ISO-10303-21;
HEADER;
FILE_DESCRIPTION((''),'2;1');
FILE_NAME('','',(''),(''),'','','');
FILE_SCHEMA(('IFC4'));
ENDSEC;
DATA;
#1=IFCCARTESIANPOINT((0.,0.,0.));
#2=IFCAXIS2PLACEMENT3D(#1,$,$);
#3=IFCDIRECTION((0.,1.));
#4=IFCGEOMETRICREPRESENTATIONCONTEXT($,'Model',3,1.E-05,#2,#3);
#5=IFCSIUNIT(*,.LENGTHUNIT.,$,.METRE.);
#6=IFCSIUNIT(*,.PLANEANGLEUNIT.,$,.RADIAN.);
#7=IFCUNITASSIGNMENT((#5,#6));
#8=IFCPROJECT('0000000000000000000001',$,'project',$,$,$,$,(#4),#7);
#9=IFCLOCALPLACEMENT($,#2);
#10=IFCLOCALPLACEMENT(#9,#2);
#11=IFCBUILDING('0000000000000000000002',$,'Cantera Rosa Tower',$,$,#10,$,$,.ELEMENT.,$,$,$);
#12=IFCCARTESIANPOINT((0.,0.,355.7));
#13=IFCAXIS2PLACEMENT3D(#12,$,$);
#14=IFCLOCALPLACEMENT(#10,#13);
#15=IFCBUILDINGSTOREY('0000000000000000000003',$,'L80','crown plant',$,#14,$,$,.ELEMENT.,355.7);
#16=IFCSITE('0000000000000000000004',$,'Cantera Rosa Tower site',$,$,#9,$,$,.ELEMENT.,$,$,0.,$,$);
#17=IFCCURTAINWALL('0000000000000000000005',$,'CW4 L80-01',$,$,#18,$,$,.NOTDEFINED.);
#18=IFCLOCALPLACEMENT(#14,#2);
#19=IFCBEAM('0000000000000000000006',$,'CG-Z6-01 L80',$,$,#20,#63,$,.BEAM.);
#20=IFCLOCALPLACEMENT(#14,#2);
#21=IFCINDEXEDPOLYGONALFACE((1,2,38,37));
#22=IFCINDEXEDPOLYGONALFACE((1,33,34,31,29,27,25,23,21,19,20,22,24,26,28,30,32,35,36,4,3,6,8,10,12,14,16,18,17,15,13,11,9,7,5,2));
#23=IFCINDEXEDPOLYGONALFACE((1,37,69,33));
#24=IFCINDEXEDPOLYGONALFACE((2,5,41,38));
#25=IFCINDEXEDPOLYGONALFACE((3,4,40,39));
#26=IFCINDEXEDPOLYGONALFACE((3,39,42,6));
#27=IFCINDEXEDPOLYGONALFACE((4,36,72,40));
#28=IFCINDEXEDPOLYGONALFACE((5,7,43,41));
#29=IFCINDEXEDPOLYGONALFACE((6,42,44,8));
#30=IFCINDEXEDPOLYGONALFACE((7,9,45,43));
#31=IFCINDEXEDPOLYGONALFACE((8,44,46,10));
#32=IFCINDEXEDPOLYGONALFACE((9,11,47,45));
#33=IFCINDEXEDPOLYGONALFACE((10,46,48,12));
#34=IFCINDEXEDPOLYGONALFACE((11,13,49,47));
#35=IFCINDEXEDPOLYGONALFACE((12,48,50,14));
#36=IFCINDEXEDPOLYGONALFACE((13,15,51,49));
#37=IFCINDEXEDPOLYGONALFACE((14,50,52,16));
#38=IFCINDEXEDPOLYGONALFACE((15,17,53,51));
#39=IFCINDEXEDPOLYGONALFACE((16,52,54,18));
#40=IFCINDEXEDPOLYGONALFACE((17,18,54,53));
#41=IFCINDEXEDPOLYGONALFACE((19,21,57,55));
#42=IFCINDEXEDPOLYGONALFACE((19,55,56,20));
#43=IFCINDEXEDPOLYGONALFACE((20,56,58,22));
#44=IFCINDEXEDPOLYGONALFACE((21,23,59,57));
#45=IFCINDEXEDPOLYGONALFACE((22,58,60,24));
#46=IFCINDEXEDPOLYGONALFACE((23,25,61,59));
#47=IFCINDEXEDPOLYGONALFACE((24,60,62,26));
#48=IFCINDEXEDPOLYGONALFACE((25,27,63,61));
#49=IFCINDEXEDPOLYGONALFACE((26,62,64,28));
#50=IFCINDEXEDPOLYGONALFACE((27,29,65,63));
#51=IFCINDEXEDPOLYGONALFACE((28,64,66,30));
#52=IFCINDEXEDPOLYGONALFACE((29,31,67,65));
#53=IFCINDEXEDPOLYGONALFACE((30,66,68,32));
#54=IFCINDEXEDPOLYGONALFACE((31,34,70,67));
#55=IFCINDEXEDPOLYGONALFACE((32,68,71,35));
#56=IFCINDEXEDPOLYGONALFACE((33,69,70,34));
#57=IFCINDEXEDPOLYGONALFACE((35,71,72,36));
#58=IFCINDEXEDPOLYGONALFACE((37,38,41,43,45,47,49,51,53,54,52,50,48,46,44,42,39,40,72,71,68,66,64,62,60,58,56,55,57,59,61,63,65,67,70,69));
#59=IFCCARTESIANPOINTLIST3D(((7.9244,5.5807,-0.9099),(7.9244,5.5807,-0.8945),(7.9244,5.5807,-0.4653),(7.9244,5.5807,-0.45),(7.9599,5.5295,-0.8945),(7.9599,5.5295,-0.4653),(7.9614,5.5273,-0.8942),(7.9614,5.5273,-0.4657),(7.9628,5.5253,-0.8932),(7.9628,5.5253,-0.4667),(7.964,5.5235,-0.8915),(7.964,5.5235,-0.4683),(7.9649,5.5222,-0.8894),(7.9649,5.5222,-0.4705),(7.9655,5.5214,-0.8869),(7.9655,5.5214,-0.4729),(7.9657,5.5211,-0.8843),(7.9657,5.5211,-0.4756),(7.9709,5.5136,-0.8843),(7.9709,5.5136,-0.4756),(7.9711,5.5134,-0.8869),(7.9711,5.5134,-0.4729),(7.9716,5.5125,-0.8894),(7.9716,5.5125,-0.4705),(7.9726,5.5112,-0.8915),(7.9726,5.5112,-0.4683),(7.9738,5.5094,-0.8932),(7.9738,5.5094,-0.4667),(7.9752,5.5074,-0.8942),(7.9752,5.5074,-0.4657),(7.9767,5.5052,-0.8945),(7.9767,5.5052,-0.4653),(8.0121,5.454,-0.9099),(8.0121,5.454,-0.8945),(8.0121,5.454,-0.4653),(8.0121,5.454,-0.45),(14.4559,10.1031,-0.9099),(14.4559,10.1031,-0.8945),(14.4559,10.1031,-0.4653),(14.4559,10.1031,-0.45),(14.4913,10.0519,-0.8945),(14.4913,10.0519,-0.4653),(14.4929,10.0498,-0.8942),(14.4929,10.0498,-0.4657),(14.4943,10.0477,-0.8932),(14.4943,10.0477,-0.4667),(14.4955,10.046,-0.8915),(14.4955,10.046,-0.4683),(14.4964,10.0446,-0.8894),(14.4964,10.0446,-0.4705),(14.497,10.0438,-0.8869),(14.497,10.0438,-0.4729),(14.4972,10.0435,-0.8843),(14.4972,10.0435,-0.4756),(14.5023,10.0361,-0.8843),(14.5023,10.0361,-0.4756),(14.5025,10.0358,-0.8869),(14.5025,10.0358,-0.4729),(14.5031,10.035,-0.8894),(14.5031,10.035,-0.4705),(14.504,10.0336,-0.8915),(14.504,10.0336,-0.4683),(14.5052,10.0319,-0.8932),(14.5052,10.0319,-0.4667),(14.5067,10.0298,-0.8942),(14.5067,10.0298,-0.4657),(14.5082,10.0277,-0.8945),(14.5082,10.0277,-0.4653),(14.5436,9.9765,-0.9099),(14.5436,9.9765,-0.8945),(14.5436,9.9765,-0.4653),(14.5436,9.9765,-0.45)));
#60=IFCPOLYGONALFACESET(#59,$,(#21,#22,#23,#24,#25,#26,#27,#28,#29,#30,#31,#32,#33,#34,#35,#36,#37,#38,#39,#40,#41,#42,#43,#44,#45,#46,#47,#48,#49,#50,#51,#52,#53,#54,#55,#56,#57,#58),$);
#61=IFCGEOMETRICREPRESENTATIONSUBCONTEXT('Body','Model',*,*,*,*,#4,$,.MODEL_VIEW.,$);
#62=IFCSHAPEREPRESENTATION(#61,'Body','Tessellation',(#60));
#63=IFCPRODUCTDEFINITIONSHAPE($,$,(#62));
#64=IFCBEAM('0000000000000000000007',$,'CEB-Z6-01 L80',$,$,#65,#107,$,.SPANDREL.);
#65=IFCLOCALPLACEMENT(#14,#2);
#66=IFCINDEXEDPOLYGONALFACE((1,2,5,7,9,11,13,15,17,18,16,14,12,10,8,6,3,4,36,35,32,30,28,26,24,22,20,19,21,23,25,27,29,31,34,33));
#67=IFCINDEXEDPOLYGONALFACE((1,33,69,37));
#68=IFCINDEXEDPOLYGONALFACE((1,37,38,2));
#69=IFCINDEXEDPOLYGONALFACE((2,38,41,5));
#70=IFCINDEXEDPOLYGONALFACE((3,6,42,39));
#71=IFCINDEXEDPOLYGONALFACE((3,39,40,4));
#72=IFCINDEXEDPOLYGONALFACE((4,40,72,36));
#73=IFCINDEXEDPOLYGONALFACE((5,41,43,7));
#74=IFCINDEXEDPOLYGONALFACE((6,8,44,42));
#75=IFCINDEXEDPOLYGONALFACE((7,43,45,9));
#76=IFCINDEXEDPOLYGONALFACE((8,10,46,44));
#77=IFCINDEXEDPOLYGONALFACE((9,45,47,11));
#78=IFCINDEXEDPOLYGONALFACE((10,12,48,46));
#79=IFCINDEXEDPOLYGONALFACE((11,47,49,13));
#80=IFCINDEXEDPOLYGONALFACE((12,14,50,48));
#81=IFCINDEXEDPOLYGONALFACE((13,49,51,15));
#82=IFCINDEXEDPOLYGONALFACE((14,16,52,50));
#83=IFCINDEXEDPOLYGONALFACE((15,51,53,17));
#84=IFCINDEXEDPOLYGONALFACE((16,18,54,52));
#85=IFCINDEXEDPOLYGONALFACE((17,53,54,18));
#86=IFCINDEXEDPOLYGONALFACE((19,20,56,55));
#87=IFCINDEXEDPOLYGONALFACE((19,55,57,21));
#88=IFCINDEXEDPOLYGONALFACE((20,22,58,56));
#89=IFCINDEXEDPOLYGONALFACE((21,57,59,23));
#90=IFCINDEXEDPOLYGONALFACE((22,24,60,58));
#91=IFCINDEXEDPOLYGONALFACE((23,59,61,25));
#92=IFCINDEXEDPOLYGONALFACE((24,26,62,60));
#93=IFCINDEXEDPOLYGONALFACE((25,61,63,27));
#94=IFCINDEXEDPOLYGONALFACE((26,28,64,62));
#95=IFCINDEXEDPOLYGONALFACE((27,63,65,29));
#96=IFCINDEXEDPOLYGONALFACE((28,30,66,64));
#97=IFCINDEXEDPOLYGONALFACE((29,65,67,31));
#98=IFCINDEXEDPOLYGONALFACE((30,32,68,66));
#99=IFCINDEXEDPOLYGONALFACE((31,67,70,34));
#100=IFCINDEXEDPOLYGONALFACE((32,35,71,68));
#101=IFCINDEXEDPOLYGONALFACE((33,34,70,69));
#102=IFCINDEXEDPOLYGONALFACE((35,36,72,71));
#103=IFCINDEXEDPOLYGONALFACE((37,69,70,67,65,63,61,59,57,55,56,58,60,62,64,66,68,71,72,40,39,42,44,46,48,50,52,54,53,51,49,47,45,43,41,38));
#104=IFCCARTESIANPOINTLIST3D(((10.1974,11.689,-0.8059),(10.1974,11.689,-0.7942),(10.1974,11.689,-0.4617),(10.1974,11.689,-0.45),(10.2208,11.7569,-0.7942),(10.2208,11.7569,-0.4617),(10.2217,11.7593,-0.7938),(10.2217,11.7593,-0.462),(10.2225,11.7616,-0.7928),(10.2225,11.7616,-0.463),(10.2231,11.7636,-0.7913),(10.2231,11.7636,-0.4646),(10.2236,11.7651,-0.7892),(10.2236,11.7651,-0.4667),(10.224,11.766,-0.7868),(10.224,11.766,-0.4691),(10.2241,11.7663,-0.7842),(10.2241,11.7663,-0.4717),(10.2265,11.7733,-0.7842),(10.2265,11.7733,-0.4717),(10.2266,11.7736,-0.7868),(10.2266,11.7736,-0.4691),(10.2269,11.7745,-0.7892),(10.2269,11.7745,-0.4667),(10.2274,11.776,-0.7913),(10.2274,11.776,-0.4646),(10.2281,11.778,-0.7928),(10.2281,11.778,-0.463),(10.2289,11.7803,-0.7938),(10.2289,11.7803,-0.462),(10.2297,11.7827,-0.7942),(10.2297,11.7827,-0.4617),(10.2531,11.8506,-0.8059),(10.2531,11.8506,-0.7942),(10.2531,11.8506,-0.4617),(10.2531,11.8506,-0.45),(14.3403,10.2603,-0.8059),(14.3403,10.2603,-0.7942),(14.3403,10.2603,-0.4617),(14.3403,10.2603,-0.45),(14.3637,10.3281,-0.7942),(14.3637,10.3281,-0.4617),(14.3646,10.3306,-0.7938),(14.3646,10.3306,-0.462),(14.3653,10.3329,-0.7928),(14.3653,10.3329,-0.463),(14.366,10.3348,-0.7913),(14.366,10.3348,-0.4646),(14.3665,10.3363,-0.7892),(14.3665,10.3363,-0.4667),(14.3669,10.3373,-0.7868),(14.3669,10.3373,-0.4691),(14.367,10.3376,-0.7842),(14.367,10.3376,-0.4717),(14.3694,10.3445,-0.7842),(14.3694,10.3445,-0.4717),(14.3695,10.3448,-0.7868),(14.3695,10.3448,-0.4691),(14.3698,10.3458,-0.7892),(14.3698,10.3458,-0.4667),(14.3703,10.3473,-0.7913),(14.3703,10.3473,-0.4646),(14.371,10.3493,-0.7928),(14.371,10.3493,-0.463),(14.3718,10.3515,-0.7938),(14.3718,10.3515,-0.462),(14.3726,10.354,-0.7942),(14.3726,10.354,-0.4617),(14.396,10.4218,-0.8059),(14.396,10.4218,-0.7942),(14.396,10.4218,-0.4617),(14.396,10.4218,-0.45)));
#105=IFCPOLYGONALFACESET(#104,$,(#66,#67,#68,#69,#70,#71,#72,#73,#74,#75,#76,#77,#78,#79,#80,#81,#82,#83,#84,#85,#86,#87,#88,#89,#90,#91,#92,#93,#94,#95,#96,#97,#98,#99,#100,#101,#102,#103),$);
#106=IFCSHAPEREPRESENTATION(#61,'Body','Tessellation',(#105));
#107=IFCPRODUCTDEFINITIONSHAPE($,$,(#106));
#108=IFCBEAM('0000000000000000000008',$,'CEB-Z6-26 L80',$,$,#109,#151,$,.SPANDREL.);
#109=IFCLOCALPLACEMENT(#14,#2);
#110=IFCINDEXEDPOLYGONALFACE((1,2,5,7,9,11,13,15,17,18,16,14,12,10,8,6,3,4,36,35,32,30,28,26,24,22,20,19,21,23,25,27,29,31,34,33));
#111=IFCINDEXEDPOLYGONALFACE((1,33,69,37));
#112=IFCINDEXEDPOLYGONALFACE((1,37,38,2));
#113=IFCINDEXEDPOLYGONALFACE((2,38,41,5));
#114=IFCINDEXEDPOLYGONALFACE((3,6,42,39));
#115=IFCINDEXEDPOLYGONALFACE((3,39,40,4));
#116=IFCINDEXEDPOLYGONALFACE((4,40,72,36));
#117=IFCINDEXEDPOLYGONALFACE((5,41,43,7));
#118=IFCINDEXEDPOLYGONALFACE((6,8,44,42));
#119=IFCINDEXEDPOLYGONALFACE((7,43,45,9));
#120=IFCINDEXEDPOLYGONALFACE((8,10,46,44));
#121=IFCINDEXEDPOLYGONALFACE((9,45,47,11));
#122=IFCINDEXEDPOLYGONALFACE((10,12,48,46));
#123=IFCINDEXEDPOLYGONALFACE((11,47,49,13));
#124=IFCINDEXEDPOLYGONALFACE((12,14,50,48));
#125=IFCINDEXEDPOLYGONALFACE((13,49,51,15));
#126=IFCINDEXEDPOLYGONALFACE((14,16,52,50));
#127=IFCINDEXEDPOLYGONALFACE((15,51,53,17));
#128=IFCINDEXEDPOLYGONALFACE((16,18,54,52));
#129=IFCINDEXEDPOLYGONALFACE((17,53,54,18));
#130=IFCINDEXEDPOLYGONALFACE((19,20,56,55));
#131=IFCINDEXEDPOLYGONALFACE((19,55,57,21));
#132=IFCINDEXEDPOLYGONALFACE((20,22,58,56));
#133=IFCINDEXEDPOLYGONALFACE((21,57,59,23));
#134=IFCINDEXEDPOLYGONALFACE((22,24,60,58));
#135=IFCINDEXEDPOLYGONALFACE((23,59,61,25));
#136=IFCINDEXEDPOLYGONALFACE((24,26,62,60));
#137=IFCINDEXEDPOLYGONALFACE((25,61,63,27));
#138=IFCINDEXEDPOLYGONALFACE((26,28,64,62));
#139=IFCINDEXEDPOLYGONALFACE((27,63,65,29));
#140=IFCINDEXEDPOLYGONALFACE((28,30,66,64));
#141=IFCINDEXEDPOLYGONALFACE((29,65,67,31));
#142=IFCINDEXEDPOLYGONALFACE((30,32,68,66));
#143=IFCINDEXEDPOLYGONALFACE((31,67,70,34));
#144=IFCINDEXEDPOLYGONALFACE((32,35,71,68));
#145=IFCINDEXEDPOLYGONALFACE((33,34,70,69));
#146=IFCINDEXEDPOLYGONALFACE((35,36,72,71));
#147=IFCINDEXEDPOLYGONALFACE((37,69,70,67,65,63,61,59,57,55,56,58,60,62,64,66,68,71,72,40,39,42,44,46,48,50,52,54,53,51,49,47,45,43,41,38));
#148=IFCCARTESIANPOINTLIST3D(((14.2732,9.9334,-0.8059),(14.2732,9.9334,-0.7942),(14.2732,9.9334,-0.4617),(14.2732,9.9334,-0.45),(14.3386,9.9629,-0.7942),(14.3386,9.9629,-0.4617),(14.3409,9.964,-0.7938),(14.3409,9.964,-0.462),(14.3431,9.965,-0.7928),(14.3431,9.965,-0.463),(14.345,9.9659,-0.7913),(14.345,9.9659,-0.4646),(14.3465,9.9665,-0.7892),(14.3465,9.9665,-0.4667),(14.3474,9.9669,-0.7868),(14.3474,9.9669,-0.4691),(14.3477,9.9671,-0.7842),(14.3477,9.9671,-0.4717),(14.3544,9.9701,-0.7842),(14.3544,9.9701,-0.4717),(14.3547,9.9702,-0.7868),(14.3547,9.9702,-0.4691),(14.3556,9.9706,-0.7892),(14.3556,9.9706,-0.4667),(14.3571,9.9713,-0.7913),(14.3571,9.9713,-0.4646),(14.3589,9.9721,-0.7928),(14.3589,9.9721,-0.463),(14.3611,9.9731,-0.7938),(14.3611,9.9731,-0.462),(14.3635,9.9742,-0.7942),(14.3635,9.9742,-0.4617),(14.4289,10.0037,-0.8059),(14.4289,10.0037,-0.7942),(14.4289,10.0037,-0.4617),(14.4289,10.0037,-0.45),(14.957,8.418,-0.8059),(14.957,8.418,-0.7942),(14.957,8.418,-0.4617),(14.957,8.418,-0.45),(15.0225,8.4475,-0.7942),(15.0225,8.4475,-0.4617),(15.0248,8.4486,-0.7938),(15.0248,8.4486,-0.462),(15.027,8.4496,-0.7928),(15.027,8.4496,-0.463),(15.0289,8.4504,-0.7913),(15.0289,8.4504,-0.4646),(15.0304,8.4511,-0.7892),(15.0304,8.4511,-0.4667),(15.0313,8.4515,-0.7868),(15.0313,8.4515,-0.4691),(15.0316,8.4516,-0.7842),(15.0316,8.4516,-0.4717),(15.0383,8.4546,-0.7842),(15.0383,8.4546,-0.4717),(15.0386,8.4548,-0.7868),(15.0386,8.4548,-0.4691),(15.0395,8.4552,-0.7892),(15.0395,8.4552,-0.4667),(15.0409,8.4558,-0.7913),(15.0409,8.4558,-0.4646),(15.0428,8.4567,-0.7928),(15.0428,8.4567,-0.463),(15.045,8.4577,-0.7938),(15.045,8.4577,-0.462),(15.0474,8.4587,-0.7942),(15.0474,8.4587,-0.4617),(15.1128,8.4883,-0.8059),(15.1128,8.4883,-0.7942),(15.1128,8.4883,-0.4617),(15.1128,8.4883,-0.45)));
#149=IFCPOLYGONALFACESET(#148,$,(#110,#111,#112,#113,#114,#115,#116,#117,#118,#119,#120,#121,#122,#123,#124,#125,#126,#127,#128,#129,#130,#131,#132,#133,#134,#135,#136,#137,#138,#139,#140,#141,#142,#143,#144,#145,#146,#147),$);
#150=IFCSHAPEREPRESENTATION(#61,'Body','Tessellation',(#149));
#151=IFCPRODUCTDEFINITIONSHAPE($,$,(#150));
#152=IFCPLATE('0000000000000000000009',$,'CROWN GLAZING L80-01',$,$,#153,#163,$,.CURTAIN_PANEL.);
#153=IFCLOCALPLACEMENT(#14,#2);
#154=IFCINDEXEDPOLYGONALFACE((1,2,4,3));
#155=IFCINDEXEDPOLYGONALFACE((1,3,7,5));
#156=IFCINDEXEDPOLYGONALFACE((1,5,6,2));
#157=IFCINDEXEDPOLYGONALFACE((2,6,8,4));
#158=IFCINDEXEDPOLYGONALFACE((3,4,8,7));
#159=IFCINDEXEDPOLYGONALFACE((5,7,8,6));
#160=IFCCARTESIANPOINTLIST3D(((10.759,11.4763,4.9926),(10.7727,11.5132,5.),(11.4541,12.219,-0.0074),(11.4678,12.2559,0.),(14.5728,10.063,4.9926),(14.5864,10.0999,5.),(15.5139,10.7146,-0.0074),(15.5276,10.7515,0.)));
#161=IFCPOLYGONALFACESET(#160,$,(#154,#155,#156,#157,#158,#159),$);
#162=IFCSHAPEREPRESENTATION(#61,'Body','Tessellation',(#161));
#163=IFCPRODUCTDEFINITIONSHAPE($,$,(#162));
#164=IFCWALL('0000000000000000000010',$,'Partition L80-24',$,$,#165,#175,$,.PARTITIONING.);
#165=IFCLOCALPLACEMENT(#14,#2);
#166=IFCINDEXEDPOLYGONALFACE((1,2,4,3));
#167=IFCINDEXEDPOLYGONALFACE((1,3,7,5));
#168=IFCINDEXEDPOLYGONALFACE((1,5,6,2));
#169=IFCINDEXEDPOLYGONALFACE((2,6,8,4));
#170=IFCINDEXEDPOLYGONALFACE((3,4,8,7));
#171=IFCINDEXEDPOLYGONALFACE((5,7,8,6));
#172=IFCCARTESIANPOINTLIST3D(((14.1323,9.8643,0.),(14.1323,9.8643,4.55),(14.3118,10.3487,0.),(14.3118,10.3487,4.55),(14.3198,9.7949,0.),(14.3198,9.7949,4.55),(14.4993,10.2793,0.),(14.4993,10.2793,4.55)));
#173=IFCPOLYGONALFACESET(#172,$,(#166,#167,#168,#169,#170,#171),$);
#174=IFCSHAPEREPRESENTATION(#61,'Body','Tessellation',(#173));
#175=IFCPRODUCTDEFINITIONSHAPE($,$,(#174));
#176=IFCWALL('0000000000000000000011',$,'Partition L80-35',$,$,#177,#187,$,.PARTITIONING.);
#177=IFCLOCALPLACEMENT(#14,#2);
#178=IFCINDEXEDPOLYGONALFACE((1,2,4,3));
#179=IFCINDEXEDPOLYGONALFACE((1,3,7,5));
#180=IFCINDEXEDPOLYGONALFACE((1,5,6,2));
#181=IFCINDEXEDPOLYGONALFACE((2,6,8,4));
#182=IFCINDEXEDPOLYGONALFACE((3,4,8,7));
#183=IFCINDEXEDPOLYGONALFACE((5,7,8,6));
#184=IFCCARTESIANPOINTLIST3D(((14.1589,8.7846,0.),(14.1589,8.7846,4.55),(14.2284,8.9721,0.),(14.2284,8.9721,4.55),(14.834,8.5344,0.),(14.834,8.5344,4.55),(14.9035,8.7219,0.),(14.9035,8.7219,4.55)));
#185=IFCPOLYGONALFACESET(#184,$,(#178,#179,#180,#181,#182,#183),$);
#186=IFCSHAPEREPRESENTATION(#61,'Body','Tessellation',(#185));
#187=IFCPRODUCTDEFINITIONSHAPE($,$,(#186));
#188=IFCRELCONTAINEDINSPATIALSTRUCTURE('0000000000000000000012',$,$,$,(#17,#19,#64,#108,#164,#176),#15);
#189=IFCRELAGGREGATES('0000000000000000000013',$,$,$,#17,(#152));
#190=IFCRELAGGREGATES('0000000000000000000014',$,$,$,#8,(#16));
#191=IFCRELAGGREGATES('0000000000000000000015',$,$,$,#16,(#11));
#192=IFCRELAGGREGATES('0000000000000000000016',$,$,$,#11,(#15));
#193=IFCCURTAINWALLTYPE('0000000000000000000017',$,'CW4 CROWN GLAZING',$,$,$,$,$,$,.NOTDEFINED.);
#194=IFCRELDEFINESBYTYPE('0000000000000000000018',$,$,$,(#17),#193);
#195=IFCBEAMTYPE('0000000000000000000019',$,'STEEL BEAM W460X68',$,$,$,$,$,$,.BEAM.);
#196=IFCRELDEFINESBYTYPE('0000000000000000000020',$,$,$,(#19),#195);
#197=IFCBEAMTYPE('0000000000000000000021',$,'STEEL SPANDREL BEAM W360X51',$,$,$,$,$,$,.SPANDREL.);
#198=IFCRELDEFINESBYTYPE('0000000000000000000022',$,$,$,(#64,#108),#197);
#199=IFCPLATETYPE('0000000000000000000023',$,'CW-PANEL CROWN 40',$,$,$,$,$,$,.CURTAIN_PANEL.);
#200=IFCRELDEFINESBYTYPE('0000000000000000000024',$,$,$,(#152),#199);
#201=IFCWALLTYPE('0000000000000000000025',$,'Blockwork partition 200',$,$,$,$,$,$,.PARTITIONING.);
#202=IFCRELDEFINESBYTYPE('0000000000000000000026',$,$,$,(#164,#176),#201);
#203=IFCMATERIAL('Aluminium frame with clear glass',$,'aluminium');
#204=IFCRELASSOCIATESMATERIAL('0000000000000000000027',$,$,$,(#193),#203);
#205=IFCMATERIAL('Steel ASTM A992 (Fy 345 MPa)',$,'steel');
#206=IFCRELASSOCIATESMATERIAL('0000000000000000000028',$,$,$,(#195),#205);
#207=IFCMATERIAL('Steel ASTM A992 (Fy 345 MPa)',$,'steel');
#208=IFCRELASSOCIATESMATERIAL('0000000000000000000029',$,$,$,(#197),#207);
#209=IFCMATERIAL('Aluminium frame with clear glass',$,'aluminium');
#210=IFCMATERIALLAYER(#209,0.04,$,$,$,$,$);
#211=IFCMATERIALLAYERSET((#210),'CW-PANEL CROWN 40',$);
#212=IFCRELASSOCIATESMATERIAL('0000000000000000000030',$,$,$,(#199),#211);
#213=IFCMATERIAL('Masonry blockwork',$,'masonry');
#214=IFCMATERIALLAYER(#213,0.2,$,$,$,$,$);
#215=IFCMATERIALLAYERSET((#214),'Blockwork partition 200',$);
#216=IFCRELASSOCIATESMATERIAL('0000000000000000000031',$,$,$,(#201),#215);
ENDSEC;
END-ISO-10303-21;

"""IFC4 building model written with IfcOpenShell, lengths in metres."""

from ifc_helpers import new_model, si_unit, direction, frame, frame_2d, origin, origin_2d, place, context, subcontext, project, spatial, polyline, rectangle, i_section, outline, extrude, material, layer, layer_set, material_profile, profile_set, type_object, element, aggregate, save


model = new_model("IFC4")

# Units and contexts
model_context = context("Model", 3, precision=1e-05, world=origin(), true_north=direction((0.0, 1.0)))
body_context = subcontext(model_context, "Body", "Model", "MODEL_VIEW")
ifc_project = project(units=[si_unit("LENGTHUNIT", "METRE"), si_unit("PLANEANGLEUNIT", "RADIAN")], contexts=[model_context])

# Site, building, storey
site_placement = place(None, origin())
site = spatial("IfcSite", under=ifc_project, at=site_placement, Name="Cantera Rosa Tower site", CompositionType="ELEMENT", RefElevation=0.0)
building_placement = place(site_placement, origin())
building = spatial("IfcBuilding", under=site, at=building_placement, Name="Cantera Rosa Tower", CompositionType="ELEMENT")
storey_placement = place(building_placement, frame((0.0, 0.0, 355.7)))
storey = spatial("IfcBuildingStorey", under=building, at=storey_placement, Name="L80", Description="crown plant", CompositionType="ELEMENT", Elevation=355.7)

# Curtain wall
ifc_material_1 = material(Name="Aluminium frame with clear glass", Category="aluminium")
curtain_wall_type = type_object("IfcCurtainWallType", Name="CW4 CROWN GLAZING", PredefinedType="NOTDEFINED", material=ifc_material_1)
curtain_wall_1_placement = place(storey_placement, origin())
curtain_wall_1 = element("IfcCurtainWall", 1, at=curtain_wall_1_placement, inside=storey, type_object=curtain_wall_type, Name="CW4 L80-01", PredefinedType="NOTDEFINED")

# Beams
ifc_material_2 = material(Name="Steel ASTM A992 (Fy 345 MPa)", Category="steel")
ifc_material_profile_1 = material_profile(ifc_material_2, i_section(OverallWidth=0.1541, OverallDepth=0.46, WebThickness=0.009, FlangeThickness=0.0154, FilletRadius=0.0103, at=origin_2d()), Name="W460X68")
ifc_profile_set_1 = profile_set([ifc_material_profile_1], Name="Steel ASTM A992 (Fy 345 MPa)")
beam_type_1 = type_object("IfcBeamType", Name="STEEL BEAM W460X68", PredefinedType="BEAM", material=ifc_profile_set_1)
beam_1_placement = place(storey_placement, frame((14.4998, 10.0398, -0.6799), z_axis=(-0.822153, -0.569266, 0.0), x_axis=(0.569266, -0.822153, 0.0)))
element("IfcBeam", 2, at=beam_1_placement, inside=storey, type_object=beam_type_1, Name="CG-Z6-01 L80", PredefinedType="BEAM", context=body_context, shape_type="SweptSolid", body=[
    extrude(i_section(OverallWidth=0.1541, OverallDepth=0.46, WebThickness=0.009, FlangeThickness=0.0154, FilletRadius=0.0103, at=origin_2d()), origin(), (0.0, 0.0, 1.0), 7.9443),
])
ifc_material_3 = material(Name="Steel ASTM A992 (Fy 345 MPa)", Category="steel")
ifc_material_profile_2 = material_profile(ifc_material_3, i_section(OverallWidth=0.1709, OverallDepth=0.356, WebThickness=0.0073, FlangeThickness=0.0117, FilletRadius=0.01, at=origin_2d()), Name="W360X51")
ifc_profile_set_2 = profile_set([ifc_material_profile_2], Name="Steel ASTM A992 (Fy 345 MPa)")
beam_type_2 = type_object("IfcBeamType", Name="STEEL SPANDREL BEAM W360X51", PredefinedType="SPANDREL", material=ifc_profile_set_2)
beam_2_placement = place(storey_placement, frame((14.3682, 10.3411, -0.6279), z_axis=(-0.945362, 0.326022, 0.0), x_axis=(-0.326022, -0.945362, 0.0)))
element("IfcBeam", 3, at=beam_2_placement, inside=storey, type_object=beam_type_2, Name="CEB-Z6-01 L80", PredefinedType="SPANDREL", context=body_context, shape_type="SweptSolid", body=[
    extrude(i_section(OverallWidth=0.1709, OverallDepth=0.356, WebThickness=0.0073, FlangeThickness=0.0117, FilletRadius=0.01, at=origin_2d()), origin(), (0.0, 0.0, 1.0), 4.3823),
])
beam_3_placement = place(storey_placement, frame((15.0349, 8.4531, -0.6279), z_axis=(-0.411323, 0.91149, 0.0), x_axis=(-0.91149, -0.411323, 0.0)))
element("IfcBeam", 4, at=beam_3_placement, inside=storey, type_object=beam_type_2, Name="CEB-Z6-26 L80", PredefinedType="SPANDREL", context=body_context, shape_type="SweptSolid", body=[
    extrude(i_section(OverallWidth=0.1709, OverallDepth=0.356, WebThickness=0.0073, FlangeThickness=0.0117, FilletRadius=0.01, at=origin_2d()), origin(), (0.0, 0.0, 1.0), 1.6626),
])

# Plate
ifc_material_4 = material(Name="Aluminium frame with clear glass", Category="aluminium")
ifc_layer_1 = layer(ifc_material_4, 0.04)
ifc_layer_set_1 = layer_set([ifc_layer_1], Name="CW-PANEL CROWN 40")
plate_type = type_object("IfcPlateType", Name="CW-PANEL CROWN 40", PredefinedType="CURTAIN_PANEL", material=ifc_layer_set_1)
plate_1_placement = place(storey_placement, frame((15.5276, 10.7515, 0.0), z_axis=(0.341524, 0.92161, 0.18438), x_axis=(-0.937687, 0.347482, 0.000003)))
plate_1 = element("IfcPlate", 5, at=plate_1_placement, type_object=plate_type, Name="CROWN GLAZING L80-01", PredefinedType="CURTAIN_PANEL", context=body_context, shape_type="SweptSolid", body=[
    extrude(outline(polyline([(0.0, 0.0), (4.3296, 0.0), (4.7233, 5.0872), (0.6561, 5.0872), (0.0, 0.0)])), origin(), (0.0, 0.0, -1.0), 0.04),
])

# Walls
ifc_material_5 = material(Name="Masonry blockwork", Category="masonry")
ifc_layer_2 = layer(ifc_material_5, 0.2)
ifc_layer_set_2 = layer_set([ifc_layer_2], Name="Blockwork partition 200")
wall_type = type_object("IfcWallType", Name="Blockwork partition 200", PredefinedType="PARTITIONING", material=ifc_layer_set_2)
wall_1_placement = place(storey_placement, frame((14.2261, 9.8296, 0.0), z_axis=(0.0, 0.0, 1.0), x_axis=(0.347391, 0.93772, 0.0)))
element("IfcWall", 6, at=wall_1_placement, inside=storey, type_object=wall_type, Name="Partition L80-24", PredefinedType="PARTITIONING", context=body_context, shape_type="SweptSolid", body=[
    extrude(rectangle(XDim=0.5166, YDim=0.2, at=frame_2d((0.2583, 0.0))), origin(), (0.0, 0.0, 1.0), 4.55),
])
wall_2_placement = place(storey_placement, frame((14.8687, 8.6282, 0.0), z_axis=(0.0, 0.0, 1.0), x_axis=(-0.937646, 0.34759, 0.0)))
element("IfcWall", 7, at=wall_2_placement, inside=storey, type_object=wall_type, Name="Partition L80-35", PredefinedType="PARTITIONING", context=body_context, shape_type="SweptSolid", body=[
    extrude(rectangle(XDim=0.72, YDim=0.2, at=frame_2d((0.3599, 0.0))), origin(), (0.0, 0.0, 1.0), 4.55),
])

aggregate(curtain_wall_1, [plate_1])

save(model, "model.ifc")
